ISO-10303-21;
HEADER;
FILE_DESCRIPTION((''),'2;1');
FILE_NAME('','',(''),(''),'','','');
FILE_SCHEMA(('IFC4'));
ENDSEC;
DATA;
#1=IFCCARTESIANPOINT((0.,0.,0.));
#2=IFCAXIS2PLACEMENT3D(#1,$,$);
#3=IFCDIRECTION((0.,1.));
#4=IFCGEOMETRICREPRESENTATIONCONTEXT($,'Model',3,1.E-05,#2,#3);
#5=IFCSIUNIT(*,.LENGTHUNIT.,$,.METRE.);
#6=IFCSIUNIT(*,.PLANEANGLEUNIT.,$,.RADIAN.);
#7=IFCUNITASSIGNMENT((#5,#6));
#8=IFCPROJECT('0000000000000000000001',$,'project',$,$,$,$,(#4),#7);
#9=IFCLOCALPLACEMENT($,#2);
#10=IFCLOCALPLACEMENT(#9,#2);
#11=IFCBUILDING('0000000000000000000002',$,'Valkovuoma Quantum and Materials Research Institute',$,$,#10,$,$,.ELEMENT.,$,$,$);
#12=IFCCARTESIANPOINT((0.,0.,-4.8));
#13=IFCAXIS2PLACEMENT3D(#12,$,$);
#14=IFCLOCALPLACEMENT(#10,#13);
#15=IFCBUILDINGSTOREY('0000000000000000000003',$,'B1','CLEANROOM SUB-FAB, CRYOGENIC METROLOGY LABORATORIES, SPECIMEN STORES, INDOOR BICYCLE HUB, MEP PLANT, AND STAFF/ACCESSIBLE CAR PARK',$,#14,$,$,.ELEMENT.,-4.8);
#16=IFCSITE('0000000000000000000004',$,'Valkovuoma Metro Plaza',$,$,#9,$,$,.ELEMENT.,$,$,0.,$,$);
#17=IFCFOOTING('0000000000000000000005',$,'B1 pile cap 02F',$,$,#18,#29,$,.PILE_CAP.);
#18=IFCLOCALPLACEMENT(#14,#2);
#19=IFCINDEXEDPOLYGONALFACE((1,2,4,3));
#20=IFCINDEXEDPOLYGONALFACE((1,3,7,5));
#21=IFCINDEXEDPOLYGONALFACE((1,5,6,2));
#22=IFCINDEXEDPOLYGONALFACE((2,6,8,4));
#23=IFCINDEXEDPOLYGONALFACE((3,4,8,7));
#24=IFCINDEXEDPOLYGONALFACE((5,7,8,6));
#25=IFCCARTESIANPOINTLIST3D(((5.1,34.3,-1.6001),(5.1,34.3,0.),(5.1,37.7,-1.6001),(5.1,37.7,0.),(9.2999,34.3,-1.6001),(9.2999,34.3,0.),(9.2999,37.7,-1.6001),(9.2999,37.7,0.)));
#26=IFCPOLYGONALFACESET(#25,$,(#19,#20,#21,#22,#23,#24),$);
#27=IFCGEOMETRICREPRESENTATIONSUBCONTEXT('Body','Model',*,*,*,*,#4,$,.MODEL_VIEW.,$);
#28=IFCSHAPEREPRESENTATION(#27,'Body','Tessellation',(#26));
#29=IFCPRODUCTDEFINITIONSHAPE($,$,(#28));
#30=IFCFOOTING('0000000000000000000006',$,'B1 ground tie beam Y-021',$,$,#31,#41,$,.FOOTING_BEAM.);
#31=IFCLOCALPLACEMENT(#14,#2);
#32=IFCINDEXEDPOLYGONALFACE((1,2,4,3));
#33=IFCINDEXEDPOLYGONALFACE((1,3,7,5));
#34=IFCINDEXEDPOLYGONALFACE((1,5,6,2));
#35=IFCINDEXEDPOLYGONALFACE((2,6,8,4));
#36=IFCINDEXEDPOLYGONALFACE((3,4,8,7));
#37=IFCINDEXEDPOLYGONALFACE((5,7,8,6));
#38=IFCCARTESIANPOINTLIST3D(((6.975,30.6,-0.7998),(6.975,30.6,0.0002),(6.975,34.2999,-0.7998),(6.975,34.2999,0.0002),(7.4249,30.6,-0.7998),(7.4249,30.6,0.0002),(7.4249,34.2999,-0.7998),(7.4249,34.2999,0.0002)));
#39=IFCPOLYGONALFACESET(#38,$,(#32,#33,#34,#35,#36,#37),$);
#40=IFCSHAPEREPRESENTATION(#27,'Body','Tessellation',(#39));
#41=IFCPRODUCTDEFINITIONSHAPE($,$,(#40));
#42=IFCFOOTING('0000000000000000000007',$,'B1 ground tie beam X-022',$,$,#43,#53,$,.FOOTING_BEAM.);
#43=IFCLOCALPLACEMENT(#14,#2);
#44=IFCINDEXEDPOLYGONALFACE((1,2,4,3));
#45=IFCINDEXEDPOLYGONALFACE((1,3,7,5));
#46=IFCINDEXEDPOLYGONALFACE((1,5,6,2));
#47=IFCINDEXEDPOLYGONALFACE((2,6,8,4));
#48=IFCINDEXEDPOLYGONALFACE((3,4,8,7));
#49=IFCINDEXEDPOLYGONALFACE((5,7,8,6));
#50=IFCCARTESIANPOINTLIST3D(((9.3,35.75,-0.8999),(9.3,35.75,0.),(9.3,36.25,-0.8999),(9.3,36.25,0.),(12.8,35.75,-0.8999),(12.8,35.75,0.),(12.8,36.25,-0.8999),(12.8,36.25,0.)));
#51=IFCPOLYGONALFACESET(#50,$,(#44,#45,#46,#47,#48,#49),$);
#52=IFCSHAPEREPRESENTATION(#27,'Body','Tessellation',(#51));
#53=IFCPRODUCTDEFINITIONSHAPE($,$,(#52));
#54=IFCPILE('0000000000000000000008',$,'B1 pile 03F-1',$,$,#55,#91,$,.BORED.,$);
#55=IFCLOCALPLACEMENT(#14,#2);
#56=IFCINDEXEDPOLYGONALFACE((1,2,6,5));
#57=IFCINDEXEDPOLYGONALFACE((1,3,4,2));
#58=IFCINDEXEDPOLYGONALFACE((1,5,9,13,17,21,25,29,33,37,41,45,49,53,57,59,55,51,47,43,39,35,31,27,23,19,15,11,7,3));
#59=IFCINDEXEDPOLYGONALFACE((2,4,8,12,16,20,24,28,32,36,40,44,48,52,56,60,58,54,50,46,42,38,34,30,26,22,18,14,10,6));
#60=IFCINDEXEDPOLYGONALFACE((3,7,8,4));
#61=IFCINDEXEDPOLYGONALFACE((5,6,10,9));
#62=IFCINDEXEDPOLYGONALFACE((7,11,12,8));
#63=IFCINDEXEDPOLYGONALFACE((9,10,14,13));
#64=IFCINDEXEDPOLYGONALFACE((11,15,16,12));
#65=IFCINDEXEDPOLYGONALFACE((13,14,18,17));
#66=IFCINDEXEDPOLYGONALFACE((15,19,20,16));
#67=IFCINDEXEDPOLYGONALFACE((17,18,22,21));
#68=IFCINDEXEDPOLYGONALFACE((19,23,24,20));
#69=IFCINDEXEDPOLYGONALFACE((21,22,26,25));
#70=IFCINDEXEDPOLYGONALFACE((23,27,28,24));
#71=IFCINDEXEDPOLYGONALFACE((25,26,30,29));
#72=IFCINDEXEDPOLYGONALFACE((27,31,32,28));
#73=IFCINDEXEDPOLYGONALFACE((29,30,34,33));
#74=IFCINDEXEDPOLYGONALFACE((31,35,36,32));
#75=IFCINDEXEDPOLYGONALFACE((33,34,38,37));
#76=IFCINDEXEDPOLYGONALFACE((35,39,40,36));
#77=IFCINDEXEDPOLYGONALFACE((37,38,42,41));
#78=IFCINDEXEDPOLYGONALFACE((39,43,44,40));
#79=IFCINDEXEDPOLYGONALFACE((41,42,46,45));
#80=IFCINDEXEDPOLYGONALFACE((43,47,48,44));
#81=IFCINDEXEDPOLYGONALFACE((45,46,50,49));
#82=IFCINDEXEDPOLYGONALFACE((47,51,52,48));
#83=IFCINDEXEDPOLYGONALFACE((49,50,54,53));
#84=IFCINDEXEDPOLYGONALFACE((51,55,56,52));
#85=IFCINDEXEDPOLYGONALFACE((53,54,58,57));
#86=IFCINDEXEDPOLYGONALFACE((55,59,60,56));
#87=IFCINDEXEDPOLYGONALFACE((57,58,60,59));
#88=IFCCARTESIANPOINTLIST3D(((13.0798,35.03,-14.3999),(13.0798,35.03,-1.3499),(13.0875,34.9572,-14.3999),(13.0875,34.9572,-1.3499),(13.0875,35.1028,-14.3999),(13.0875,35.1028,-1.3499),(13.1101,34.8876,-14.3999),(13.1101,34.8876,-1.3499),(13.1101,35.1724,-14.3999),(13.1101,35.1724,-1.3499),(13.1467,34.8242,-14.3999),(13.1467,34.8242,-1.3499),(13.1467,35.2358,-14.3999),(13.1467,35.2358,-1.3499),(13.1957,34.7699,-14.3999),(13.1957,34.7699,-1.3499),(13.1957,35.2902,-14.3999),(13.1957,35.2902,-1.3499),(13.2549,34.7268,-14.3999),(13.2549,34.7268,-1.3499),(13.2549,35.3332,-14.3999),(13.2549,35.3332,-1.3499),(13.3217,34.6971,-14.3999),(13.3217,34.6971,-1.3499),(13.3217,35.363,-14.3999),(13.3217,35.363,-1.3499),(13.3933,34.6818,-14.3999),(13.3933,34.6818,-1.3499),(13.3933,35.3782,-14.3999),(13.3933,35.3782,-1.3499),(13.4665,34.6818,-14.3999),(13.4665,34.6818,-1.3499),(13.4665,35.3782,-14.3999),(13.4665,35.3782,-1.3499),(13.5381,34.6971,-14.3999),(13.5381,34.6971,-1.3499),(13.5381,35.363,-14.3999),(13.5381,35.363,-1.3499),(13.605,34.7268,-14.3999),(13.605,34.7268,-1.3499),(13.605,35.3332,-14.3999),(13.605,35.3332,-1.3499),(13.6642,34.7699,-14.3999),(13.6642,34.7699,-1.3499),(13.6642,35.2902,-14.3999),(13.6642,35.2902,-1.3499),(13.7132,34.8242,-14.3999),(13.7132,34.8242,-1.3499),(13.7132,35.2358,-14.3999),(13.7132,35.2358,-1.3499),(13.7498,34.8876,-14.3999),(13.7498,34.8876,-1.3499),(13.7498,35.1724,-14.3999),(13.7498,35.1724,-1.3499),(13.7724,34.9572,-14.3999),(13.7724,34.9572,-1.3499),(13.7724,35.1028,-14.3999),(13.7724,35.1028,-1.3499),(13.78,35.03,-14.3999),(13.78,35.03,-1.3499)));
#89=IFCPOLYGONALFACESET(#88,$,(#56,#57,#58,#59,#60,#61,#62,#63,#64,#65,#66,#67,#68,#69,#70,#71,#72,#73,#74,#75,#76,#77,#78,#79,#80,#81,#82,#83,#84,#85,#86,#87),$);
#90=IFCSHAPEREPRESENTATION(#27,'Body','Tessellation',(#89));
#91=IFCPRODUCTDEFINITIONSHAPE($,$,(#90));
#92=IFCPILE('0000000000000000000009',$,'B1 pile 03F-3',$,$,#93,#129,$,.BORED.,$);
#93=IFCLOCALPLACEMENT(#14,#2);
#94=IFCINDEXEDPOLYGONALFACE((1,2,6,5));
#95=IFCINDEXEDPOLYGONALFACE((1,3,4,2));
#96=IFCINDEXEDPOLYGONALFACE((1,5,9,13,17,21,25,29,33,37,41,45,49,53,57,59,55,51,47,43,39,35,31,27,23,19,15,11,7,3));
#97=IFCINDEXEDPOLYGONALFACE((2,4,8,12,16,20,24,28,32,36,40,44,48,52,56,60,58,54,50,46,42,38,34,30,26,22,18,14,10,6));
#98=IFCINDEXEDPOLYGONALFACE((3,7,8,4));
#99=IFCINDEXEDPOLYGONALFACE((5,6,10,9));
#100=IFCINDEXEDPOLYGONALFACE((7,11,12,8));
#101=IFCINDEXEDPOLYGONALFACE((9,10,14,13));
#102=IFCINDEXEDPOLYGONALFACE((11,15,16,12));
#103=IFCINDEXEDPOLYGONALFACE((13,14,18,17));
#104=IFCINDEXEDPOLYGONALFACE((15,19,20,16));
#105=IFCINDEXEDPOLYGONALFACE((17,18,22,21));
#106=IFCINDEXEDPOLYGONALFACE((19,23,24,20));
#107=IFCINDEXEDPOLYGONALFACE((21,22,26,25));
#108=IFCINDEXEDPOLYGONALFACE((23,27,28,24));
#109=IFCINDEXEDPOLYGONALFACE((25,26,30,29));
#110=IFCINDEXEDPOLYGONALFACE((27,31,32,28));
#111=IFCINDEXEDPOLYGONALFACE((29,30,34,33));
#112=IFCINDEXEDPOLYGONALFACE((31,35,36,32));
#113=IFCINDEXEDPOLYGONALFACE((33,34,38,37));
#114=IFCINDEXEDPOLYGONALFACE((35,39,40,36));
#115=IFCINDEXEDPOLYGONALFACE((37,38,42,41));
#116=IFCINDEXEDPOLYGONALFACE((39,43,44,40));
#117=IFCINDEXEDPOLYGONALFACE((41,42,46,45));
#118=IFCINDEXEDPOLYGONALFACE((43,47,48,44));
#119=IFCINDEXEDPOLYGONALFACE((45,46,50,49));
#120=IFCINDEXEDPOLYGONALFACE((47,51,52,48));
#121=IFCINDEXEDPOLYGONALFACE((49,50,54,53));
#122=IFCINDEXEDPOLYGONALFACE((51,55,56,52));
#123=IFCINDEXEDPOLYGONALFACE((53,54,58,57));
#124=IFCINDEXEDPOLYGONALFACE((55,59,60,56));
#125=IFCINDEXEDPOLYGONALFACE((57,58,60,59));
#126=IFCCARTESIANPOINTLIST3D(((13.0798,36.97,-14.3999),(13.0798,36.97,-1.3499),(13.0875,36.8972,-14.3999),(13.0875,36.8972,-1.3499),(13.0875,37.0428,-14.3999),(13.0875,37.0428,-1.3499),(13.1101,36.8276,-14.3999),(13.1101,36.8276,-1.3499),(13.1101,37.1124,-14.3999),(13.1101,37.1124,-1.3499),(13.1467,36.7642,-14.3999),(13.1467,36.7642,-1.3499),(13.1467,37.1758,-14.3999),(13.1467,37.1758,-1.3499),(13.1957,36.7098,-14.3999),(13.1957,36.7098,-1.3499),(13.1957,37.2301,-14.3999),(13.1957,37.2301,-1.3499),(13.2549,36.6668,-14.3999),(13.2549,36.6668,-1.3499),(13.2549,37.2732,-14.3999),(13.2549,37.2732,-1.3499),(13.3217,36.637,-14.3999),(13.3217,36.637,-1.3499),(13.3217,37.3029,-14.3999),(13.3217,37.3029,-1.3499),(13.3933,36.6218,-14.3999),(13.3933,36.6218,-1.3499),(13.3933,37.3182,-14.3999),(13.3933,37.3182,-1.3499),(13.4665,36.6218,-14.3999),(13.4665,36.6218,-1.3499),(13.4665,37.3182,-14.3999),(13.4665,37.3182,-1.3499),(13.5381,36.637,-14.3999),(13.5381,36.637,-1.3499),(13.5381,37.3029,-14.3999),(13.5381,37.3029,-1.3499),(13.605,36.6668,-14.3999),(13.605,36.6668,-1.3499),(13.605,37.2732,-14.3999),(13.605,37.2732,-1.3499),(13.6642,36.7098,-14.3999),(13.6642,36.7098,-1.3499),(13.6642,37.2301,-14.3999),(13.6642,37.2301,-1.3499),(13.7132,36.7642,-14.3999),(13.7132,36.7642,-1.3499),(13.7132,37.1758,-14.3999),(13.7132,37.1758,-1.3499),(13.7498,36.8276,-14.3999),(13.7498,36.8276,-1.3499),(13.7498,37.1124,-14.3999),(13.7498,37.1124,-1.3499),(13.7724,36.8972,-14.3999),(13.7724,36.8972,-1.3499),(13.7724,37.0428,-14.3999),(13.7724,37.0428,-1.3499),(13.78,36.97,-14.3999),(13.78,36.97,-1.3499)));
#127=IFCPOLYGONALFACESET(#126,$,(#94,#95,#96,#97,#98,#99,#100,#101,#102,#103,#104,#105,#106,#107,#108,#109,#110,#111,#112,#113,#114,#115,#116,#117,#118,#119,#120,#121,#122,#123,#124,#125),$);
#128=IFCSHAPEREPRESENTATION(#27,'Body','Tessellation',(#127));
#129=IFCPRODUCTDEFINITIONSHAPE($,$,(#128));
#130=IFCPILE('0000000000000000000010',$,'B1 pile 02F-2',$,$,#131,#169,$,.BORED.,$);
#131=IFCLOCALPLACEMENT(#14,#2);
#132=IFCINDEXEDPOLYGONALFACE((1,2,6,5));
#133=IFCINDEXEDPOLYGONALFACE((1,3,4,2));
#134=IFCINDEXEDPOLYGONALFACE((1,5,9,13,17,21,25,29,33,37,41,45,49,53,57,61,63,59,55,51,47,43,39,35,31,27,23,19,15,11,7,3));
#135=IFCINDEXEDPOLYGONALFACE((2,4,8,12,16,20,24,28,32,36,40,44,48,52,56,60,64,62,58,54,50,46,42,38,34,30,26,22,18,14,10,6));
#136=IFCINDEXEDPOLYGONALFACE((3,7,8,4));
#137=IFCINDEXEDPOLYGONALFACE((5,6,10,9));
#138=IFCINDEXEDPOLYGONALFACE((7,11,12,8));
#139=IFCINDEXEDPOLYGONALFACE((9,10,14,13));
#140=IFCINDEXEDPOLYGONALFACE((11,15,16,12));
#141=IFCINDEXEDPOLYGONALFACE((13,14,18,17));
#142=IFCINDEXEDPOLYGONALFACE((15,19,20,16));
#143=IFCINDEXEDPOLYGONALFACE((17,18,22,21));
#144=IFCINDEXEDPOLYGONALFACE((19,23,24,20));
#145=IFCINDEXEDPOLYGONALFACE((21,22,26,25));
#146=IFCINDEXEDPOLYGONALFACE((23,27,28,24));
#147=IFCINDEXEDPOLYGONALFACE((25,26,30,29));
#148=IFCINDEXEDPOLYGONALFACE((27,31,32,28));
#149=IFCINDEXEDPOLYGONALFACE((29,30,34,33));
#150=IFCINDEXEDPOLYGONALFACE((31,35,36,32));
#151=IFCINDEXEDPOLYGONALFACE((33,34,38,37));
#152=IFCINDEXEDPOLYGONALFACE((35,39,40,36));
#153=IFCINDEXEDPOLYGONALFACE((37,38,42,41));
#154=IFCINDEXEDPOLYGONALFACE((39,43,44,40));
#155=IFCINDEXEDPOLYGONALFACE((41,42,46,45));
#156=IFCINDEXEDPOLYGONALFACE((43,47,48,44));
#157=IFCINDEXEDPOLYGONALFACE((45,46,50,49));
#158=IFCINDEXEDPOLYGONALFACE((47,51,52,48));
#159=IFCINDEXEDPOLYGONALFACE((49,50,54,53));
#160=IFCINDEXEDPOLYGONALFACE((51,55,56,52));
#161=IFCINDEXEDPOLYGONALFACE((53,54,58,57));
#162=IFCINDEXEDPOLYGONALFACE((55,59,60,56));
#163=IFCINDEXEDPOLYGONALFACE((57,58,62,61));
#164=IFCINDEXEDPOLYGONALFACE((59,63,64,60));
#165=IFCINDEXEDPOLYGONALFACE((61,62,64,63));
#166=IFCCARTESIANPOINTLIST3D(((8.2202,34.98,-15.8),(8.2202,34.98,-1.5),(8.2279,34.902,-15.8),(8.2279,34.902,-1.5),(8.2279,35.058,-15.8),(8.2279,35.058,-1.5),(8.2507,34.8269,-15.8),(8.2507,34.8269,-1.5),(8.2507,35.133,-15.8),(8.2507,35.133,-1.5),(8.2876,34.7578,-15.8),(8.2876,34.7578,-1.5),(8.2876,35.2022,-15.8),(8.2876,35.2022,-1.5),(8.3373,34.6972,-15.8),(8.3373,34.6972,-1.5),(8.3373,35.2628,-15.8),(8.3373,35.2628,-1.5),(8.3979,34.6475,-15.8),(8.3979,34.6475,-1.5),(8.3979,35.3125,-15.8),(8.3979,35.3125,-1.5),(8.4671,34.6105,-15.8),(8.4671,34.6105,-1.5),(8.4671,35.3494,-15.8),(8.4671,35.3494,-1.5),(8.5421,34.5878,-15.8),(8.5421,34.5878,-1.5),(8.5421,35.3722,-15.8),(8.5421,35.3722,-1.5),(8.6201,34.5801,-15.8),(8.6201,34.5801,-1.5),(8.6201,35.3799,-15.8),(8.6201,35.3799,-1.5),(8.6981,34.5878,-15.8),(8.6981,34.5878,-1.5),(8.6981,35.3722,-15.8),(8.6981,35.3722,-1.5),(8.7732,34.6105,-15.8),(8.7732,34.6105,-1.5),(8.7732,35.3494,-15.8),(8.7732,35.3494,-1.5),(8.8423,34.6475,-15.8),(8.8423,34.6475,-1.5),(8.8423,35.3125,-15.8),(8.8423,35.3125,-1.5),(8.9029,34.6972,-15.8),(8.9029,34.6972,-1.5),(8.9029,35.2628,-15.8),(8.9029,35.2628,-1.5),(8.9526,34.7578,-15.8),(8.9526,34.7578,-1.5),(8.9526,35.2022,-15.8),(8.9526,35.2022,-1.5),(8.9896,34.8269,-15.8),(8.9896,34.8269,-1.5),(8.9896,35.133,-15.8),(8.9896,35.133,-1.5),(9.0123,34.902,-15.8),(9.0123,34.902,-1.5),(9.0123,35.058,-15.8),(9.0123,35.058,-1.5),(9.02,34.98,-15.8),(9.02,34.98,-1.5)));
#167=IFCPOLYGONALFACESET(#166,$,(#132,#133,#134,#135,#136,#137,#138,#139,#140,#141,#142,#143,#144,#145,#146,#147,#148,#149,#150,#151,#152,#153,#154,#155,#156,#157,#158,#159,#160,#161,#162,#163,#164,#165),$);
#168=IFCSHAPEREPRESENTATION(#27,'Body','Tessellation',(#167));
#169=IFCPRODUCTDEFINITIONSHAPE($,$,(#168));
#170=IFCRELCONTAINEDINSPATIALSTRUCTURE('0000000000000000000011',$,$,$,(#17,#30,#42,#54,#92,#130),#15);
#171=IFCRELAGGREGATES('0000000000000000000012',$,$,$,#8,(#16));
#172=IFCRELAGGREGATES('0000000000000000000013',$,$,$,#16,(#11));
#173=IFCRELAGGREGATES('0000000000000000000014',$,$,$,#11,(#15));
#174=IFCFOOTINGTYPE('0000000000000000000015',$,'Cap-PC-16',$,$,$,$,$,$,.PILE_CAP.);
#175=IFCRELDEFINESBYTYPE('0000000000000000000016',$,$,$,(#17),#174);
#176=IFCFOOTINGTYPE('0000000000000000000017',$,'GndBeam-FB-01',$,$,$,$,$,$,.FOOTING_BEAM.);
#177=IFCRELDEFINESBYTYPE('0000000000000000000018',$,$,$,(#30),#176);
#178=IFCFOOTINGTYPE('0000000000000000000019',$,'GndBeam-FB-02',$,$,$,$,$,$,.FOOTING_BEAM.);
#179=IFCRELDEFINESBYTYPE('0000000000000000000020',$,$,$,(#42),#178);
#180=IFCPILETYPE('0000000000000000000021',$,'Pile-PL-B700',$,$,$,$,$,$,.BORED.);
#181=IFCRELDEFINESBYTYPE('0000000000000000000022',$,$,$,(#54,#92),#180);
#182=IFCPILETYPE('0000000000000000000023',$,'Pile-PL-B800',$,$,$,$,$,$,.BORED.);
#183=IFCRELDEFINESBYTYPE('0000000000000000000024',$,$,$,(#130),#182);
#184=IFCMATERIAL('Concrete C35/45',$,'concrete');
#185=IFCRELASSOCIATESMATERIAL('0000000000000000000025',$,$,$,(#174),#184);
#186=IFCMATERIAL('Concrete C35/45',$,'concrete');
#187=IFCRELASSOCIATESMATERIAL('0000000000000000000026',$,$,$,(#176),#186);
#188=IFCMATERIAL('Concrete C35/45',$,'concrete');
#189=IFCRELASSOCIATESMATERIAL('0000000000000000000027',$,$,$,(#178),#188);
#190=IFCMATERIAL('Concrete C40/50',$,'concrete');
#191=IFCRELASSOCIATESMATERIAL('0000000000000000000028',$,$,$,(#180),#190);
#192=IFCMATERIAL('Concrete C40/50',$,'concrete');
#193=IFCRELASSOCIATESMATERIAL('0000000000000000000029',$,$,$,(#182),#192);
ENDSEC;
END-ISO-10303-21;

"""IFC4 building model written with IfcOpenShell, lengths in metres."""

from ifc_helpers import new_model, si_unit, direction, frame, origin, origin_2d, place, context, subcontext, project, spatial, rectangle, circle, extrude, material, material_profile, profile_set, type_object, element, save


model = new_model("IFC4")

# Units and contexts
model_context = context("Model", 3, precision=1e-05, world=origin(), true_north=direction((0.0, 1.0)))
body_context = subcontext(model_context, "Body", "Model", "MODEL_VIEW")
ifc_project = project(units=[si_unit("LENGTHUNIT", "METRE"), si_unit("PLANEANGLEUNIT", "RADIAN")], contexts=[model_context])

# Site, building, storey
site_placement = place(None, origin())
site = spatial("IfcSite", under=ifc_project, at=site_placement, Name="Valkovuoma Metro Plaza", CompositionType="ELEMENT", RefElevation=0.0)
building_placement = place(site_placement, origin())
building = spatial("IfcBuilding", under=site, at=building_placement, Name="Valkovuoma Quantum and Materials Research Institute", CompositionType="ELEMENT")
storey_placement = place(building_placement, frame((0.0, 0.0, -4.8)))
storey = spatial("IfcBuildingStorey", under=building, at=storey_placement, Name="B1", Description="CLEANROOM SUB-FAB, CRYOGENIC METROLOGY LABORATORIES, SPECIMEN STORES, INDOOR BICYCLE HUB, MEP PLANT, AND STAFF/ACCESSIBLE CAR PARK", CompositionType="ELEMENT", Elevation=-4.8)

# Footings
ifc_material_1 = material(Name="Concrete C35/45", Category="concrete")
footing_type_1 = type_object("IfcFootingType", Name="Cap-PC-16", PredefinedType="PILE_CAP", material=ifc_material_1)
footing_1_placement = place(storey_placement, frame((7.2, 36.0, -1.6001), z_axis=(0.0, 0.0, 1.0), x_axis=(1.0, 0.0, 0.0)))
element("IfcFooting", 1, at=footing_1_placement, inside=storey, type_object=footing_type_1, Name="B1 pile cap 02F", PredefinedType="PILE_CAP", context=body_context, shape_type="SweptSolid", body=[
    extrude(rectangle(XDim=4.2, YDim=3.3999, at=origin_2d()), origin(), (0.0, 0.0, 1.0), 1.6001),
])
ifc_material_2 = material(Name="Concrete C35/45", Category="concrete")
footing_type_2 = type_object("IfcFootingType", Name="GndBeam-FB-01", PredefinedType="FOOTING_BEAM", material=ifc_material_2)
footing_2_placement = place(storey_placement, frame((7.2, 32.45, -0.7998), z_axis=(0.0, 0.0, 1.0), x_axis=(0.0, 1.0, 0.0)))
element("IfcFooting", 2, at=footing_2_placement, inside=storey, type_object=footing_type_2, Name="B1 ground tie beam Y-021", PredefinedType="FOOTING_BEAM", context=body_context, shape_type="SweptSolid", body=[
    extrude(rectangle(XDim=3.7, YDim=0.45, at=origin_2d()), origin(), (0.0, 0.0, 1.0), 0.8),
])
ifc_material_3 = material(Name="Concrete C35/45", Category="concrete")
footing_type_3 = type_object("IfcFootingType", Name="GndBeam-FB-02", PredefinedType="FOOTING_BEAM", material=ifc_material_3)
footing_3_placement = place(storey_placement, frame((11.05, 36.0, -0.8999), z_axis=(0.0, 0.0, 1.0), x_axis=(1.0, 0.0, 0.0)))
element("IfcFooting", 3, at=footing_3_placement, inside=storey, type_object=footing_type_3, Name="B1 ground tie beam X-022", PredefinedType="FOOTING_BEAM", context=body_context, shape_type="SweptSolid", body=[
    extrude(rectangle(XDim=3.5, YDim=0.5, at=origin_2d()), origin(), (0.0, 0.0, 1.0), 0.8999),
])

# Piles
ifc_material_4 = material(Name="Concrete C40/50", Category="concrete")
ifc_material_profile_1 = material_profile(ifc_material_4, circle(Radius=0.3501, at=origin_2d()), Name="Concrete C40/50")
ifc_profile_set_1 = profile_set([ifc_material_profile_1], Name="Concrete C40/50")
pile_type_1 = type_object("IfcPileType", Name="Pile-PL-B700", PredefinedType="BORED", material=ifc_profile_set_1)
for number, where, z_axis, x_axis, name in (
    (4, (13.4299, 35.03, -1.3499), (0.0, 0.0, -1.0), (1.0, 0.0, 0.0), "B1 pile 03F-1"),
    (5, (13.4299, 36.97, -1.3499), (0.0, 0.0, -1.0), (1.0, 0.0, 0.0), "B1 pile 03F-3"),
):
    element("IfcPile", number, at=place(storey_placement, frame(where, z_axis=z_axis, x_axis=x_axis)), inside=storey, type_object=pile_type_1, Name=name, PredefinedType="BORED", context=body_context, shape_type="SweptSolid", body=[
        extrude(circle(Radius=0.3501, at=origin_2d()), origin(), (0.0, 0.0, 1.0), 13.05),
    ])
ifc_material_5 = material(Name="Concrete C40/50", Category="concrete")
ifc_material_profile_2 = material_profile(ifc_material_5, circle(Radius=0.3999, at=origin_2d()), Name="Concrete C40/50")
ifc_profile_set_2 = profile_set([ifc_material_profile_2], Name="Concrete C40/50")
pile_type_2 = type_object("IfcPileType", Name="Pile-PL-B800", PredefinedType="BORED", material=ifc_profile_set_2)
for number, where, z_axis, x_axis, name in (
    (6, (8.6201, 34.98, -1.5), (0.0, 0.0, -1.0), (1.0, 0.0, 0.0), "B1 pile 02F-2"),
):
    element("IfcPile", number, at=place(storey_placement, frame(where, z_axis=z_axis, x_axis=x_axis)), inside=storey, type_object=pile_type_2, Name=name, PredefinedType="BORED", context=body_context, shape_type="SweptSolid", body=[
        extrude(circle(Radius=0.3999, at=origin_2d()), origin(), (0.0, 0.0, 1.0), 14.3),
    ])

save(model, "model.ifc")
